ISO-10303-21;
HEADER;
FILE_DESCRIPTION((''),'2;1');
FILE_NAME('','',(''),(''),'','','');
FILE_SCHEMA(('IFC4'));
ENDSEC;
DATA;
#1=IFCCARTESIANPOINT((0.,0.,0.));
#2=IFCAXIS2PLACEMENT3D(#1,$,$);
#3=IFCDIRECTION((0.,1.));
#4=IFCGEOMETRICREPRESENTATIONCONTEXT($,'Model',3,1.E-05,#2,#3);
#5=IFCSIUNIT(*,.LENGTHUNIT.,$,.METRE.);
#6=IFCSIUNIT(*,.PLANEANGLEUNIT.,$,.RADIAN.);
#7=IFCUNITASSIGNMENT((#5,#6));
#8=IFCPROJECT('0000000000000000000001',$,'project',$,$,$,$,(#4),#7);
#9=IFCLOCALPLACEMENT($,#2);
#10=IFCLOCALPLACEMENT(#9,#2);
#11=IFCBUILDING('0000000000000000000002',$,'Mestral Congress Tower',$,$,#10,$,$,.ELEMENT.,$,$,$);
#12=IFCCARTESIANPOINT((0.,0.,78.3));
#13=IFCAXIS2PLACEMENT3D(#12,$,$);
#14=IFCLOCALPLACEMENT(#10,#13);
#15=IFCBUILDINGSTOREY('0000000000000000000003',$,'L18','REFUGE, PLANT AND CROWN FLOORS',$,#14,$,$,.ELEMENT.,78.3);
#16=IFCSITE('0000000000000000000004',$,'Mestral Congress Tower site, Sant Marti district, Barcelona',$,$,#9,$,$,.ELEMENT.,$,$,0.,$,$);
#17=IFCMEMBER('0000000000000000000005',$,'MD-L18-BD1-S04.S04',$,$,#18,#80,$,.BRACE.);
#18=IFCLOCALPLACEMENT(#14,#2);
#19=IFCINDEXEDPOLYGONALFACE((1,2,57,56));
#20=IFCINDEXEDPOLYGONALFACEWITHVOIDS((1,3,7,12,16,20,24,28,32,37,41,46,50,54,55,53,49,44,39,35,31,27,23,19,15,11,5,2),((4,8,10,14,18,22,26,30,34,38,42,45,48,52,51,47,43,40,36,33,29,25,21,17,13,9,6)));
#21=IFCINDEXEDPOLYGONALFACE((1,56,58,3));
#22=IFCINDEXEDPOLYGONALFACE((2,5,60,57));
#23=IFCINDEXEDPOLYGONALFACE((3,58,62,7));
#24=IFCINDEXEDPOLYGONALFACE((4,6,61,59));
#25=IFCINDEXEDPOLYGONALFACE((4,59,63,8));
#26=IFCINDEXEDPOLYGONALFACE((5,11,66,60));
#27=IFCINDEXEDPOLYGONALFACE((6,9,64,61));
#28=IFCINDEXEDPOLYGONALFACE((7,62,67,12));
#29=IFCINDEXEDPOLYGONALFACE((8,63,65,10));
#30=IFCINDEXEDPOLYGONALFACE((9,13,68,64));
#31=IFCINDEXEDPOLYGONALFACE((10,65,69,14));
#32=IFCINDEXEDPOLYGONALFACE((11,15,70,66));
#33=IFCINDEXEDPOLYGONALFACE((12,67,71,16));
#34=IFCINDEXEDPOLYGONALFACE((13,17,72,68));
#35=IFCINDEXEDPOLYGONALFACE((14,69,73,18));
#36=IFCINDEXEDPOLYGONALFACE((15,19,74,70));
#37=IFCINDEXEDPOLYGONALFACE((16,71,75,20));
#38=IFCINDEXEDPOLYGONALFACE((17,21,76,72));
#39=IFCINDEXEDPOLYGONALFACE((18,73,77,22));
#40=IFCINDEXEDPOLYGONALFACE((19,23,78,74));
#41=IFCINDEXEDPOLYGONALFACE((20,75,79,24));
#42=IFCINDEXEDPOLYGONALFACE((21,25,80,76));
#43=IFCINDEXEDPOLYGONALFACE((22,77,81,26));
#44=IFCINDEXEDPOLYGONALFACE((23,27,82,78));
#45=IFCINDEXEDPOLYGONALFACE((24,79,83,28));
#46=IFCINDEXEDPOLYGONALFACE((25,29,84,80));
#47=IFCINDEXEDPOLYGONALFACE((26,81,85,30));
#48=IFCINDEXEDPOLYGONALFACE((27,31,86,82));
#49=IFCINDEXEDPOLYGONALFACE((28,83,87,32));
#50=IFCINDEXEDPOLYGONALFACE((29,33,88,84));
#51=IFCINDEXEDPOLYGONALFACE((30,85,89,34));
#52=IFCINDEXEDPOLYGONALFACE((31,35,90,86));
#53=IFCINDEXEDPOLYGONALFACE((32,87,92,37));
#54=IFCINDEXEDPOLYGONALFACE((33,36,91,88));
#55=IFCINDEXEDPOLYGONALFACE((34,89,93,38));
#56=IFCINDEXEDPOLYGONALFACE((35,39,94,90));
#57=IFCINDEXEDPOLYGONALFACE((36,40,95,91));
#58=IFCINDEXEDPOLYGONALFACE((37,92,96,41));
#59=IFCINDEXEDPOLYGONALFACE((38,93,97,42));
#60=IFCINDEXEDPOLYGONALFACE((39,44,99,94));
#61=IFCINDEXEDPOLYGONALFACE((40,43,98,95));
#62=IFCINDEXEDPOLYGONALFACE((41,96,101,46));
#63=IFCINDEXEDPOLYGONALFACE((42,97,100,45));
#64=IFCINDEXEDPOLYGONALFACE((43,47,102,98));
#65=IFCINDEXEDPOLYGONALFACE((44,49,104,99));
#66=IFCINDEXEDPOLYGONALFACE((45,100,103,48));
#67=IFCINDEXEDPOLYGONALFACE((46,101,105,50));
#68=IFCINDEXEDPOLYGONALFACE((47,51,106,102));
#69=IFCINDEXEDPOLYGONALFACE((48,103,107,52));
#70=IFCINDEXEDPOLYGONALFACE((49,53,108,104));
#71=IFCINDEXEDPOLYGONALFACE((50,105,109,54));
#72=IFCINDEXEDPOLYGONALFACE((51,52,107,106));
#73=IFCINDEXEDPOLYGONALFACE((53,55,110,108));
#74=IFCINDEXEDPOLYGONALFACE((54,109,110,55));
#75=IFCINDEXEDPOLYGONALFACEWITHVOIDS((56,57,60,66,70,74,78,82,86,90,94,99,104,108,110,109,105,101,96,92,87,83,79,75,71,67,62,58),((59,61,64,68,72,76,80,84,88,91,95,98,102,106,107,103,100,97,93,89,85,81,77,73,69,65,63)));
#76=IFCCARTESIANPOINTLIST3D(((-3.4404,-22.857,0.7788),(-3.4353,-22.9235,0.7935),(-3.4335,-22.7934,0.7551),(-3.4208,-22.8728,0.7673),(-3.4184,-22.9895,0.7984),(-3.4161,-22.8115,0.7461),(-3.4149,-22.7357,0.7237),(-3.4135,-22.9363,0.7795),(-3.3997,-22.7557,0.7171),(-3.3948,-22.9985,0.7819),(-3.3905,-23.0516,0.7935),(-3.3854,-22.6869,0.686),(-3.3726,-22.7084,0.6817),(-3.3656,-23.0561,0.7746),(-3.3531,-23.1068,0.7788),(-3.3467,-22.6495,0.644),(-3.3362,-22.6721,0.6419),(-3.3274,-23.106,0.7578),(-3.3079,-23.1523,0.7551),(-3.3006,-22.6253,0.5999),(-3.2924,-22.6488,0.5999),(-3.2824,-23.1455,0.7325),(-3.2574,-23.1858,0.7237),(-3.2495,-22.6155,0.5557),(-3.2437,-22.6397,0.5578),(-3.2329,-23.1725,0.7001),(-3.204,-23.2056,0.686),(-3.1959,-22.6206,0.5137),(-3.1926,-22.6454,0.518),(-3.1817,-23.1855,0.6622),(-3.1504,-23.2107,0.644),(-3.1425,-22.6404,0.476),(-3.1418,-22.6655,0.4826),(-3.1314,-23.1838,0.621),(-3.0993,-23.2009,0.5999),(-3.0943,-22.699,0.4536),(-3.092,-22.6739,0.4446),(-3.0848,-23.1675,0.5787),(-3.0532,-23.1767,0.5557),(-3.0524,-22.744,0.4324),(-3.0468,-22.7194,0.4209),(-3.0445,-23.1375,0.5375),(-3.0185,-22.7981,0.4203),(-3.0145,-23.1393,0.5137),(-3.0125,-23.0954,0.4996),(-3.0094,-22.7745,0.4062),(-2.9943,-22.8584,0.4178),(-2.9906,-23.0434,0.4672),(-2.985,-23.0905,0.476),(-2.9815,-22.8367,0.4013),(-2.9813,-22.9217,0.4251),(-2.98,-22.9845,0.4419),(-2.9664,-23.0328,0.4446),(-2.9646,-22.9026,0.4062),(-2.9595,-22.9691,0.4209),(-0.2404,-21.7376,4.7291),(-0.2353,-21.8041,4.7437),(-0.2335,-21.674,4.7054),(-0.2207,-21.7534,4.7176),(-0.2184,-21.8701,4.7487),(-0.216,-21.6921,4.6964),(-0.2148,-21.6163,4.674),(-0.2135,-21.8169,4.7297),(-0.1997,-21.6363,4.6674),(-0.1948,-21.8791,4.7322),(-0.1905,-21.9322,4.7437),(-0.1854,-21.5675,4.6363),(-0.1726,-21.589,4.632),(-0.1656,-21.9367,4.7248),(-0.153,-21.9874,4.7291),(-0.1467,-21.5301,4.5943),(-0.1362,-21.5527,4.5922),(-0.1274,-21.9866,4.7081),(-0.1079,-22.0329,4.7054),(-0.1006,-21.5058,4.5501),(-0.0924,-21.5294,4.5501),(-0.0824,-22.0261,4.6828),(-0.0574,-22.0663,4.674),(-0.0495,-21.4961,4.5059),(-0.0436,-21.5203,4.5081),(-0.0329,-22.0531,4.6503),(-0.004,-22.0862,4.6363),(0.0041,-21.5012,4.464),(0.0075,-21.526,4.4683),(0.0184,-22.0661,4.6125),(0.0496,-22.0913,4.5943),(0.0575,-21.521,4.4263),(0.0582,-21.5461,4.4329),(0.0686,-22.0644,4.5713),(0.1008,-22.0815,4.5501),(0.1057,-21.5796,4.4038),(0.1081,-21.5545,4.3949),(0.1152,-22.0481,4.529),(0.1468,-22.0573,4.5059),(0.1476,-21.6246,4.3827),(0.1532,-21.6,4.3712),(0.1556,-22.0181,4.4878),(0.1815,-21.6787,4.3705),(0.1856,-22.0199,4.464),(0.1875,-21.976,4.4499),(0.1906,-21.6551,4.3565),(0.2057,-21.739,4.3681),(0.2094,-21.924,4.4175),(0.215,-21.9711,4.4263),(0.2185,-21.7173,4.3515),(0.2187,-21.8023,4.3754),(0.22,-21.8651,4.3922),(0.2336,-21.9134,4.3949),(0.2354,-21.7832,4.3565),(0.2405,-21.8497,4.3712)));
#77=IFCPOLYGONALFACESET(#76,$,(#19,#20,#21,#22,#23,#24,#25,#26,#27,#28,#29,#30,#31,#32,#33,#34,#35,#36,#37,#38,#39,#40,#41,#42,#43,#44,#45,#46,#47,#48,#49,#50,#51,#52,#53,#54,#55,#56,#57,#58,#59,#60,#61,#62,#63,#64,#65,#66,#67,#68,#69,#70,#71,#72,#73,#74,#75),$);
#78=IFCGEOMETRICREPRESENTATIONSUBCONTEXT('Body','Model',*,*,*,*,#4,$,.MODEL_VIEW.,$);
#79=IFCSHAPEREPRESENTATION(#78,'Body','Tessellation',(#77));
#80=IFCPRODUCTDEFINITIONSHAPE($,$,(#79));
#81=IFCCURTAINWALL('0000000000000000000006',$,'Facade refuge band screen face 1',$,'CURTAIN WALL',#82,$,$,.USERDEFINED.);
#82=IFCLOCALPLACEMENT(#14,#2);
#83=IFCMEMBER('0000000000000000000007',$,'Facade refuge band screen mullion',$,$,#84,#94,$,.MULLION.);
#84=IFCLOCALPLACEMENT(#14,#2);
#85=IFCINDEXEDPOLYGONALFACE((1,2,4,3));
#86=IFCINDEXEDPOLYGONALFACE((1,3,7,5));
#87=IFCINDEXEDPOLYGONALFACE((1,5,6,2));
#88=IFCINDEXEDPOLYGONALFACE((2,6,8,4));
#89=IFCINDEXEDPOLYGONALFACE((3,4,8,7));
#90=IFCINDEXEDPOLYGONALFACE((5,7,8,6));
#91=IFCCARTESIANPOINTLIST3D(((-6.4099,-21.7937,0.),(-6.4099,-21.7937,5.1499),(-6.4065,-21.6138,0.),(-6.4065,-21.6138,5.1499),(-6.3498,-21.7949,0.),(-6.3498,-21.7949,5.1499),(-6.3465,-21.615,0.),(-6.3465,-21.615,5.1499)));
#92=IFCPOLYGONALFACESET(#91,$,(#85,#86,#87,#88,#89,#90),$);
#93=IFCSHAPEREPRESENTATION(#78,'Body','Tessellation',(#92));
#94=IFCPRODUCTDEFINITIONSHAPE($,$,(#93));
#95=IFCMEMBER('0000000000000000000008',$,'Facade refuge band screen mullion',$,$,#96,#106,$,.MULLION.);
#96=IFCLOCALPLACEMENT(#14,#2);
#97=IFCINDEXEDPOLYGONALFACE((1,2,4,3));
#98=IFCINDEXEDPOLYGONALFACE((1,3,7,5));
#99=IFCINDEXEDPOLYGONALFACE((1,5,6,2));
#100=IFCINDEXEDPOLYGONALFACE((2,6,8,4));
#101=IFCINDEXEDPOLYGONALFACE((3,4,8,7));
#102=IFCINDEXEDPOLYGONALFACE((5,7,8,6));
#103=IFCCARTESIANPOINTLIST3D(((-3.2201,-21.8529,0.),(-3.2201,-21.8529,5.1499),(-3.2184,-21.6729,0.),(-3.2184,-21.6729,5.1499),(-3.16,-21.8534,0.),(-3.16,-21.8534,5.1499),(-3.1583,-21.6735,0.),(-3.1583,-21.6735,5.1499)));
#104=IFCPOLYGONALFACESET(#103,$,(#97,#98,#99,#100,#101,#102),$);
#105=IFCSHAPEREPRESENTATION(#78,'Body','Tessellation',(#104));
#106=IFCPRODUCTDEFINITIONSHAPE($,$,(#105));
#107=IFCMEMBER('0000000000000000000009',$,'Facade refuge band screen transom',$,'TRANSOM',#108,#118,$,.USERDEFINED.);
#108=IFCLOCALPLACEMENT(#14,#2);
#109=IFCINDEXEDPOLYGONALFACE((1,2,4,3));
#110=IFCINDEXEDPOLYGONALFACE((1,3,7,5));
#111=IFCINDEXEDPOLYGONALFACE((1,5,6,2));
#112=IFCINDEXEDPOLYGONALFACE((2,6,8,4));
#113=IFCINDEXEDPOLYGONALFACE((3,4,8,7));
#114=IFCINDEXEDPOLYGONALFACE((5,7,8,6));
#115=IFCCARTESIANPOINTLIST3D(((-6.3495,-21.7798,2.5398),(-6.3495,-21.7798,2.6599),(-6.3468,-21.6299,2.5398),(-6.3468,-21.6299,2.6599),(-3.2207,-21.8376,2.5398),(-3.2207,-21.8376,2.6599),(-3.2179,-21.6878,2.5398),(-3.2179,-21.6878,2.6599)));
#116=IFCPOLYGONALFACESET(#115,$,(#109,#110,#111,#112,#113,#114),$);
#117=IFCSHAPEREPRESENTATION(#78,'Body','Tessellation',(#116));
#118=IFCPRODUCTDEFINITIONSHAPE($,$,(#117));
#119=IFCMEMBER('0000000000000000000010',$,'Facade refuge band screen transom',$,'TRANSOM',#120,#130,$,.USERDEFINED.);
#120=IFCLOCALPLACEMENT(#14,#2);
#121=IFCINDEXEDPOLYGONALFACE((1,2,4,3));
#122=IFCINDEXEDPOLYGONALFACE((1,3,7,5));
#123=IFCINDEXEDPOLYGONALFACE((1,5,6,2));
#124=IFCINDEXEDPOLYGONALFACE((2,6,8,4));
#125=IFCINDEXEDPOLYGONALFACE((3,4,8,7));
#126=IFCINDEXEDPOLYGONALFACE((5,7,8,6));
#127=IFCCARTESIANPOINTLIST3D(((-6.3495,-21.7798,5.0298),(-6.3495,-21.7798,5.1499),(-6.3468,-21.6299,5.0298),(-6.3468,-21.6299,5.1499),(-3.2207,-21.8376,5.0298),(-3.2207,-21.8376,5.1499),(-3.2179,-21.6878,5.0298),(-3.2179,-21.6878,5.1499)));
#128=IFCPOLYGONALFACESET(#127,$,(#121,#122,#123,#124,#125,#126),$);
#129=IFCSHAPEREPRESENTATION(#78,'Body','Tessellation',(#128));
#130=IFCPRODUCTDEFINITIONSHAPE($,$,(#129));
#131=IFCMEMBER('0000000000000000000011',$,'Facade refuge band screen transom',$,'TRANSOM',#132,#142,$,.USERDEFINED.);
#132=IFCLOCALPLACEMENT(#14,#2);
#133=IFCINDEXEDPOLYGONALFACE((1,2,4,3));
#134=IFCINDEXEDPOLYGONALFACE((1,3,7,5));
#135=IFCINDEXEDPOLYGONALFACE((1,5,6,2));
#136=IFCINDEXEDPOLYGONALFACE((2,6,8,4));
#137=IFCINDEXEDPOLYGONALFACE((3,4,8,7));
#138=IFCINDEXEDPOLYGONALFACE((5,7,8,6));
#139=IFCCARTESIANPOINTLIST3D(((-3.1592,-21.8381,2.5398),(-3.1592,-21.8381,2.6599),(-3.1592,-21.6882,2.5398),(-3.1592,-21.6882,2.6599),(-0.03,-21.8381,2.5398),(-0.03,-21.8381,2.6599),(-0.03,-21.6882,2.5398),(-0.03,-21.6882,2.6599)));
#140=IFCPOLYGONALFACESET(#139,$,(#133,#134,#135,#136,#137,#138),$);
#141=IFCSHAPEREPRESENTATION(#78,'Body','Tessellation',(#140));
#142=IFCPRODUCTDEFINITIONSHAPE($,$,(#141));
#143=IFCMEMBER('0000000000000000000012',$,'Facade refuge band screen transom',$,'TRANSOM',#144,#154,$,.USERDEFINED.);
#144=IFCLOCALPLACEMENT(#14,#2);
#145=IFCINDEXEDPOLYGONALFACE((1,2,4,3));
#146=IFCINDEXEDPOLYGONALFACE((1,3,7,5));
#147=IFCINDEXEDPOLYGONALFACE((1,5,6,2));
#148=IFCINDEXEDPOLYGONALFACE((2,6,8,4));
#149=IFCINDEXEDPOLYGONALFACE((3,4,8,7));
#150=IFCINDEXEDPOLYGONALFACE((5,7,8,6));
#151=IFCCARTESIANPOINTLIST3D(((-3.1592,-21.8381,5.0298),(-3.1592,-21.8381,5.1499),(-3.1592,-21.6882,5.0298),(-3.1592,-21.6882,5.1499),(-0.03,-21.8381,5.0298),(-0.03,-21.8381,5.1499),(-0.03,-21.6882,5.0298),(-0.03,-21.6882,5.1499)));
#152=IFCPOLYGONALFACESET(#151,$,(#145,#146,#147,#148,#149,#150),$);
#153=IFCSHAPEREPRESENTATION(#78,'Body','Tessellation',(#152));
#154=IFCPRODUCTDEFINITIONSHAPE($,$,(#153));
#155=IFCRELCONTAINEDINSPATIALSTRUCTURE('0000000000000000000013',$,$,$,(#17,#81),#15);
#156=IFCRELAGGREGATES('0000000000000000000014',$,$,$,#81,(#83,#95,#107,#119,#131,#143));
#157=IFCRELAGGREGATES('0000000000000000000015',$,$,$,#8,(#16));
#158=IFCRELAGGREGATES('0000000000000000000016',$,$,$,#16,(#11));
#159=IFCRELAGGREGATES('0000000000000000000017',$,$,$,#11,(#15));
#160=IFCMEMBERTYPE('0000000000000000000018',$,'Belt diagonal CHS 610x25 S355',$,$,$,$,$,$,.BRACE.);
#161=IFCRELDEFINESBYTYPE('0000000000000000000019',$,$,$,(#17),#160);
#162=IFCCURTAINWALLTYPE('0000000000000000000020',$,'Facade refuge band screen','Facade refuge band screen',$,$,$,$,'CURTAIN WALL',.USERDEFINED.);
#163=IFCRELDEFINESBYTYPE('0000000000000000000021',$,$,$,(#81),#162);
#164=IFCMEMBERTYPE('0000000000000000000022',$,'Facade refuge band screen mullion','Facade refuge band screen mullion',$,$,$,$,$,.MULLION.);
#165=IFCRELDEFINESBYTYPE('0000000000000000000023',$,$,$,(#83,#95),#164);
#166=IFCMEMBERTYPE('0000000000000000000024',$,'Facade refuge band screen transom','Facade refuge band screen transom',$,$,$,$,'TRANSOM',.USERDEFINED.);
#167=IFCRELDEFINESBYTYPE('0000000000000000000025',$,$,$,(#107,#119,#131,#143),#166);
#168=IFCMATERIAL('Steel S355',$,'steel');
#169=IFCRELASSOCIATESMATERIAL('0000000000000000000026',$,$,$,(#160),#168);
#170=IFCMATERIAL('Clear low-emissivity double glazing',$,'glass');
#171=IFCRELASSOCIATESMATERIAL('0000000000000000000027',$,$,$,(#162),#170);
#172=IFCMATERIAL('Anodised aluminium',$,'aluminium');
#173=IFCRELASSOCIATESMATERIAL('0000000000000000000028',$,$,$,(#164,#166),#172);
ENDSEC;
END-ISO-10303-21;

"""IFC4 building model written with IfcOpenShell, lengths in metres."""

from ifc_helpers import new_model, si_unit, direction, frame, origin, origin_2d, place, context, subcontext, project, spatial, rectangle, hollow_circle, extrude, material, material_profile, profile_set, type_object, element, aggregate, save


model = new_model("IFC4")

# Units and contexts
model_context = context("Model", 3, precision=1e-05, world=origin(), true_north=direction((0.0, 1.0)))
body_context = subcontext(model_context, "Body", "Model", "MODEL_VIEW")
ifc_project = project(units=[si_unit("LENGTHUNIT", "METRE"), si_unit("PLANEANGLEUNIT", "RADIAN")], contexts=[model_context])

# Site, building, storey
site_placement = place(None, origin())
site = spatial("IfcSite", under=ifc_project, at=site_placement, Name="Mestral Congress Tower site, Sant Marti district, Barcelona", CompositionType="ELEMENT", RefElevation=0.0)
building_placement = place(site_placement, origin())
building = spatial("IfcBuilding", under=site, at=building_placement, Name="Mestral Congress Tower", CompositionType="ELEMENT")
storey_placement = place(building_placement, frame((0.0, 0.0, 78.3)))
storey = spatial("IfcBuildingStorey", under=building, at=storey_placement, Name="L18", Description="REFUGE, PLANT AND CROWN FLOORS", CompositionType="ELEMENT", Elevation=78.3)

# Member
ifc_material_1 = material(Name="Steel S355", Category="steel")
ifc_material_profile_1 = material_profile(ifc_material_1, hollow_circle(Radius=0.3049, WallThickness=0.0249, at=origin_2d()), Name="CHS 610x25")
ifc_profile_set_1 = profile_set([ifc_material_profile_1], Name="Steel S355")
member_type_1 = type_object("IfcMemberType", Name="Belt diagonal CHS 610x25 S355", PredefinedType="BRACE", material=ifc_profile_set_1)
member_1_placement = place(storey_placement, frame((-3.2, -22.9131, 0.5999), z_axis=(0.61473, 0.215041, 0.758857), x_axis=(-0.330193, 0.943913, 0.0)))
element("IfcMember", 1, at=member_1_placement, inside=storey, type_object=member_type_1, Name="MD-L18-BD1-S04.S04", PredefinedType="BRACE", context=body_context, shape_type="SweptSolid", body=[
    extrude(hollow_circle(Radius=0.3049, WallThickness=0.0249, at=origin_2d()), origin(), (0.0, 0.0, 1.0), 5.2056),
])

# Curtain wall, members
ifc_material_2 = material(Name="Clear low-emissivity double glazing", Category="glass")
curtain_wall_type = type_object("IfcCurtainWallType", Name="Facade refuge band screen", Description="Facade refuge band screen", ElementType="CURTAIN WALL", PredefinedType="USERDEFINED", material=ifc_material_2)
curtain_wall_placement = place(storey_placement, origin())
curtain_wall = element("IfcCurtainWall", 2, at=curtain_wall_placement, inside=storey, type_object=curtain_wall_type, Name="Facade refuge band screen face 1", ObjectType="CURTAIN WALL", PredefinedType="USERDEFINED")
ifc_material_3 = material(Name="Anodised aluminium", Category="aluminium")
ifc_material_profile_2 = material_profile(ifc_material_3, rectangle(XDim=0.1799, YDim=0.0601, at=origin_2d()), Name="CW3 mullion 180 x 60")
ifc_profile_set_2 = profile_set([ifc_material_profile_2], Name="Anodised aluminium")
member_type_2 = type_object("IfcMemberType", Name="Facade refuge band screen mullion", Description="Facade refuge band screen mullion", PredefinedType="MULLION", material=ifc_profile_set_2)
member_2_placement = place(storey_placement, frame((-6.3782, -21.7043, 0.0), z_axis=(0.0, 0.0, 1.0), x_axis=(-0.018485, -0.999829, 0.0)))
member_2 = element("IfcMember", 3, at=member_2_placement, type_object=member_type_2, Name="Facade refuge band screen mullion", PredefinedType="MULLION", context=body_context, shape_type="SweptSolid", body=[
    extrude(rectangle(XDim=0.1799, YDim=0.0601, at=origin_2d()), origin(), (0.0, 0.0, 1.0), 5.1499),
])
member_3_placement = place(storey_placement, frame((-3.1892, -21.7632, 0.0), z_axis=(0.0, 0.0, 1.0), x_axis=(-0.009243, -0.999957, 0.0)))
member_3 = element("IfcMember", 4, at=member_3_placement, type_object=member_type_2, Name="Facade refuge band screen mullion", PredefinedType="MULLION", context=body_context, shape_type="SweptSolid", body=[
    extrude(rectangle(XDim=0.1799, YDim=0.0601, at=origin_2d()), origin(), (0.0, 0.0, 1.0), 5.1499),
])
ifc_material_profile_3 = material_profile(ifc_material_3, rectangle(XDim=0.1499, YDim=0.1201, at=origin_2d()), Name="CW3 transom 150 x 120")
ifc_profile_set_3 = profile_set([ifc_material_profile_3], Name="Anodised aluminium")
member_type_3 = type_object("IfcMemberType", Name="Facade refuge band screen transom", Description="Facade refuge band screen transom", ElementType="TRANSOM", PredefinedType="USERDEFINED", material=ifc_profile_set_3)
member_4_placement = place(storey_placement, frame((-6.3481, -21.7048, 2.5999), z_axis=(0.999829, -0.018489, 0.0), x_axis=(0.018489, 0.999829, 0.0)))
member_4 = element("IfcMember", 5, at=member_4_placement, type_object=member_type_3, Name="Facade refuge band screen transom", ObjectType="TRANSOM", PredefinedType="USERDEFINED", context=body_context, shape_type="SweptSolid", body=[
    extrude(rectangle(XDim=0.1499, YDim=0.1201, at=origin_2d()), origin(), (0.0, 0.0, 1.0), 3.1294),
])
member_5_placement = place(storey_placement, frame((-6.3481, -21.7048, 5.0898), z_axis=(0.999829, -0.018489, 0.0), x_axis=(0.018489, 0.999829, 0.0)))
member_5 = element("IfcMember", 6, at=member_5_placement, type_object=member_type_3, Name="Facade refuge band screen transom", ObjectType="TRANSOM", PredefinedType="USERDEFINED", context=body_context, shape_type="SweptSolid", body=[
    extrude(rectangle(XDim=0.1499, YDim=0.1201, at=origin_2d()), origin(), (0.0, 0.0, 1.0), 3.1294),
])
member_6_placement = place(storey_placement, frame((-3.1592, -21.7632, 2.5999), z_axis=(1.0, 0.0, 0.0), x_axis=(0.0, 1.0, 0.0)))
member_6 = element("IfcMember", 7, at=member_6_placement, type_object=member_type_3, Name="Facade refuge band screen transom", ObjectType="TRANSOM", PredefinedType="USERDEFINED", context=body_context, shape_type="SweptSolid", body=[
    extrude(rectangle(XDim=0.1499, YDim=0.1201, at=origin_2d()), origin(), (0.0, 0.0, 1.0), 3.1292),
])
member_7_placement = place(storey_placement, frame((-3.1592, -21.7632, 5.0898), z_axis=(1.0, 0.0, 0.0), x_axis=(0.0, 1.0, 0.0)))
member_7 = element("IfcMember", 8, at=member_7_placement, type_object=member_type_3, Name="Facade refuge band screen transom", ObjectType="TRANSOM", PredefinedType="USERDEFINED", context=body_context, shape_type="SweptSolid", body=[
    extrude(rectangle(XDim=0.1499, YDim=0.1201, at=origin_2d()), origin(), (0.0, 0.0, 1.0), 3.1292),
])

aggregate(curtain_wall, [member_2, member_3, member_4, member_5, member_6, member_7])

save(model, "model.ifc")
